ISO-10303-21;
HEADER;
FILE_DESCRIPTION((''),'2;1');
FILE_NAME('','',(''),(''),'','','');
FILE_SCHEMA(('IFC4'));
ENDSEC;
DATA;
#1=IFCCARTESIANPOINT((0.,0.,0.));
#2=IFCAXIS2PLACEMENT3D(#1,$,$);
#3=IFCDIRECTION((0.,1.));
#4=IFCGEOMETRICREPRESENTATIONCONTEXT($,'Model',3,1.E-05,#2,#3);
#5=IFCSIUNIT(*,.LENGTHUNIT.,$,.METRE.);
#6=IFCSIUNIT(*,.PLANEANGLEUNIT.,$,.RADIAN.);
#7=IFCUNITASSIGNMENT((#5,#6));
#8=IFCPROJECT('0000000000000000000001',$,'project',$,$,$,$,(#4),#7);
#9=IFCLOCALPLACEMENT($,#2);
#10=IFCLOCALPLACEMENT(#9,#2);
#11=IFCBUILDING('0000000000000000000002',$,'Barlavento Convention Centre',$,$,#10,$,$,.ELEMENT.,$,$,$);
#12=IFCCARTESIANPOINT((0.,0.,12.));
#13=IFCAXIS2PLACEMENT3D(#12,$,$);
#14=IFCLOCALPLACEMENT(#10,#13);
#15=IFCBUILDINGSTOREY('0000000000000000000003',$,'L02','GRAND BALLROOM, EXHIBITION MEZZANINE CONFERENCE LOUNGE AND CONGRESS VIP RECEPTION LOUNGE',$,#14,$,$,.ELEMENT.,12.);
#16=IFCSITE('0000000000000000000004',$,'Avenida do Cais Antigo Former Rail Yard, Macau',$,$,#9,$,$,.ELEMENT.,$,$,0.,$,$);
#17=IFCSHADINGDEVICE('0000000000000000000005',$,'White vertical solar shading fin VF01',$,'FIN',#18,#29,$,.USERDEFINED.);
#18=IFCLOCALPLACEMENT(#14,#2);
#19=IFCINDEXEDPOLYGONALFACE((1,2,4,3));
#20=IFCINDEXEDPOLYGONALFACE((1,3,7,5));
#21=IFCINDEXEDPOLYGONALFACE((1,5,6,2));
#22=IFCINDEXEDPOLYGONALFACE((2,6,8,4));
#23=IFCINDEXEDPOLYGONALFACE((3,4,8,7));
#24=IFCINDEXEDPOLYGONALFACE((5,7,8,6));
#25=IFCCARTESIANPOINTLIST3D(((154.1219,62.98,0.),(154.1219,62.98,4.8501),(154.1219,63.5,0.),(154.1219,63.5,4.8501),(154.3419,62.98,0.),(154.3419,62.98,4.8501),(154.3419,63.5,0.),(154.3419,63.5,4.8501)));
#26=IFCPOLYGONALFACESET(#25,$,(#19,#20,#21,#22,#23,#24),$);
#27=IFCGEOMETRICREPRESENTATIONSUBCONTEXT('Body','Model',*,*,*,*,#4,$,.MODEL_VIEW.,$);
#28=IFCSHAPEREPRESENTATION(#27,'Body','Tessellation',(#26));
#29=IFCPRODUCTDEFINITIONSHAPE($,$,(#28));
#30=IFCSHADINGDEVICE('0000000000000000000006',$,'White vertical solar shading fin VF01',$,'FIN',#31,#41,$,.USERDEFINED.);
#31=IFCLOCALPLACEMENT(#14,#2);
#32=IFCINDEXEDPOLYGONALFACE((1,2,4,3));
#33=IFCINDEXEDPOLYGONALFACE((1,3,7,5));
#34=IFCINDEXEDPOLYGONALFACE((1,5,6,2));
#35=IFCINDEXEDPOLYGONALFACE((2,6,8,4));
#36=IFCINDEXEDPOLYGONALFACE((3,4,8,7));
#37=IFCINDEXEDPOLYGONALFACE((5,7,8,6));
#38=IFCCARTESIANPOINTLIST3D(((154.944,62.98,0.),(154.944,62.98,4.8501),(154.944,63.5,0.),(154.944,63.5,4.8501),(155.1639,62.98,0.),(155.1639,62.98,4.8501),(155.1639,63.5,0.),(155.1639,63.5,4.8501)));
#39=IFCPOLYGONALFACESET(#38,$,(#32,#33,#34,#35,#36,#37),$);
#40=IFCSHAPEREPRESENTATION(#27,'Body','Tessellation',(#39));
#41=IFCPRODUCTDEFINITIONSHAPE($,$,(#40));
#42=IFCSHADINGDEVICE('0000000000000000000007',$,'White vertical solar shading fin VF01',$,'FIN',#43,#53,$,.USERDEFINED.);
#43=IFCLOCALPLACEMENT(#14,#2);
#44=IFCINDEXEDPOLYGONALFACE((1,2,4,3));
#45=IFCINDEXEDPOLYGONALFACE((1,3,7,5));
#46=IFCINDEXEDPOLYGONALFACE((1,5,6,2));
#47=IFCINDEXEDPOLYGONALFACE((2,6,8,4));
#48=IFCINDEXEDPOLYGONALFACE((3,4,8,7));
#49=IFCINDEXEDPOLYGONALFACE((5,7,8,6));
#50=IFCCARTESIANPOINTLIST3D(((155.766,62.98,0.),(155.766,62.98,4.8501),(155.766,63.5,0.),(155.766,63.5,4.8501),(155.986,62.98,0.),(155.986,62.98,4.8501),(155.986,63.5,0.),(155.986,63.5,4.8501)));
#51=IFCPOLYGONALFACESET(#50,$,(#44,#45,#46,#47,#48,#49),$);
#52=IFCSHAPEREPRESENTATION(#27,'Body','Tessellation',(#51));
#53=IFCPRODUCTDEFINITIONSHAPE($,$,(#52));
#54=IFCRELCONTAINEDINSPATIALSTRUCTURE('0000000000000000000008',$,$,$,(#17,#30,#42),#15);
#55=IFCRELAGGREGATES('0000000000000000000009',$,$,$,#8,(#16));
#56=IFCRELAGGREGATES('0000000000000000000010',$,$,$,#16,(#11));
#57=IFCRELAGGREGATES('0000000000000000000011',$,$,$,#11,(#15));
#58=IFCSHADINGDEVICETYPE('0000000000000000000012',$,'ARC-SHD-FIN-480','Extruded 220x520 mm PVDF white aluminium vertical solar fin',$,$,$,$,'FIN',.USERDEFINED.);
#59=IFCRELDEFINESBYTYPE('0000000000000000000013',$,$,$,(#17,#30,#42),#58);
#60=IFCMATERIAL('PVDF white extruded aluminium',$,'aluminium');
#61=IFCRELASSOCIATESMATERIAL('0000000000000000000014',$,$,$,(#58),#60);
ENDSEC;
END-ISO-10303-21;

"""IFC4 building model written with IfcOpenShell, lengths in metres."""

from ifc_helpers import new_model, si_unit, direction, frame, origin, origin_2d, place, context, subcontext, project, spatial, rectangle, extrude, material, type_object, element, save


model = new_model("IFC4")

# Units and contexts
model_context = context("Model", 3, precision=1e-05, world=origin(), true_north=direction((0.0, 1.0)))
body_context = subcontext(model_context, "Body", "Model", "MODEL_VIEW")
ifc_project = project(units=[si_unit("LENGTHUNIT", "METRE"), si_unit("PLANEANGLEUNIT", "RADIAN")], contexts=[model_context])

# Site, building, storey
site_placement = place(None, origin())
site = spatial("IfcSite", under=ifc_project, at=site_placement, Name="Avenida do Cais Antigo Former Rail Yard, Macau", CompositionType="ELEMENT", RefElevation=0.0)
building_placement = place(site_placement, origin())
building = spatial("IfcBuilding", under=site, at=building_placement, Name="Barlavento Convention Centre", CompositionType="ELEMENT")
storey_placement = place(building_placement, frame((0.0, 0.0, 12.0)))
storey = spatial("IfcBuildingStorey", under=building, at=storey_placement, Name="L02", Description="GRAND BALLROOM, EXHIBITION MEZZANINE CONFERENCE LOUNGE AND CONGRESS VIP RECEPTION LOUNGE", CompositionType="ELEMENT", Elevation=12.0)

# Shading devices
ifc_material_1 = material(Name="PVDF white extruded aluminium", Category="aluminium")
shading_device_type = type_object("IfcShadingDeviceType", Name="ARC-SHD-FIN-480", Description="Extruded 220x520 mm PVDF white aluminium vertical solar fin", ElementType="FIN", PredefinedType="USERDEFINED", material=ifc_material_1)
for number, where, z_axis, x_axis, name in (
    (1, (154.2319, 63.24, 0.0), (0.0, 0.0, 1.0), (1.0, 0.0, 0.0), "White vertical solar shading fin VF01"),
    (2, (155.054, 63.24, 0.0), (0.0, 0.0, 1.0), (1.0, 0.0, 0.0), "White vertical solar shading fin VF01"),
    (3, (155.876, 63.24, 0.0), (0.0, 0.0, 1.0), (1.0, 0.0, 0.0), "White vertical solar shading fin VF01"),
):
    element("IfcShadingDevice", number, at=place(storey_placement, frame(where, z_axis=z_axis, x_axis=x_axis)), inside=storey, type_object=shading_device_type, Name=name, ObjectType="FIN", PredefinedType="USERDEFINED", context=body_context, shape_type="SweptSolid", body=[
        extrude(rectangle(XDim=0.22, YDim=0.52, at=origin_2d()), origin(), (0.0, 0.0, 1.0), 4.8501),
    ])

save(model, "model.ifc")
